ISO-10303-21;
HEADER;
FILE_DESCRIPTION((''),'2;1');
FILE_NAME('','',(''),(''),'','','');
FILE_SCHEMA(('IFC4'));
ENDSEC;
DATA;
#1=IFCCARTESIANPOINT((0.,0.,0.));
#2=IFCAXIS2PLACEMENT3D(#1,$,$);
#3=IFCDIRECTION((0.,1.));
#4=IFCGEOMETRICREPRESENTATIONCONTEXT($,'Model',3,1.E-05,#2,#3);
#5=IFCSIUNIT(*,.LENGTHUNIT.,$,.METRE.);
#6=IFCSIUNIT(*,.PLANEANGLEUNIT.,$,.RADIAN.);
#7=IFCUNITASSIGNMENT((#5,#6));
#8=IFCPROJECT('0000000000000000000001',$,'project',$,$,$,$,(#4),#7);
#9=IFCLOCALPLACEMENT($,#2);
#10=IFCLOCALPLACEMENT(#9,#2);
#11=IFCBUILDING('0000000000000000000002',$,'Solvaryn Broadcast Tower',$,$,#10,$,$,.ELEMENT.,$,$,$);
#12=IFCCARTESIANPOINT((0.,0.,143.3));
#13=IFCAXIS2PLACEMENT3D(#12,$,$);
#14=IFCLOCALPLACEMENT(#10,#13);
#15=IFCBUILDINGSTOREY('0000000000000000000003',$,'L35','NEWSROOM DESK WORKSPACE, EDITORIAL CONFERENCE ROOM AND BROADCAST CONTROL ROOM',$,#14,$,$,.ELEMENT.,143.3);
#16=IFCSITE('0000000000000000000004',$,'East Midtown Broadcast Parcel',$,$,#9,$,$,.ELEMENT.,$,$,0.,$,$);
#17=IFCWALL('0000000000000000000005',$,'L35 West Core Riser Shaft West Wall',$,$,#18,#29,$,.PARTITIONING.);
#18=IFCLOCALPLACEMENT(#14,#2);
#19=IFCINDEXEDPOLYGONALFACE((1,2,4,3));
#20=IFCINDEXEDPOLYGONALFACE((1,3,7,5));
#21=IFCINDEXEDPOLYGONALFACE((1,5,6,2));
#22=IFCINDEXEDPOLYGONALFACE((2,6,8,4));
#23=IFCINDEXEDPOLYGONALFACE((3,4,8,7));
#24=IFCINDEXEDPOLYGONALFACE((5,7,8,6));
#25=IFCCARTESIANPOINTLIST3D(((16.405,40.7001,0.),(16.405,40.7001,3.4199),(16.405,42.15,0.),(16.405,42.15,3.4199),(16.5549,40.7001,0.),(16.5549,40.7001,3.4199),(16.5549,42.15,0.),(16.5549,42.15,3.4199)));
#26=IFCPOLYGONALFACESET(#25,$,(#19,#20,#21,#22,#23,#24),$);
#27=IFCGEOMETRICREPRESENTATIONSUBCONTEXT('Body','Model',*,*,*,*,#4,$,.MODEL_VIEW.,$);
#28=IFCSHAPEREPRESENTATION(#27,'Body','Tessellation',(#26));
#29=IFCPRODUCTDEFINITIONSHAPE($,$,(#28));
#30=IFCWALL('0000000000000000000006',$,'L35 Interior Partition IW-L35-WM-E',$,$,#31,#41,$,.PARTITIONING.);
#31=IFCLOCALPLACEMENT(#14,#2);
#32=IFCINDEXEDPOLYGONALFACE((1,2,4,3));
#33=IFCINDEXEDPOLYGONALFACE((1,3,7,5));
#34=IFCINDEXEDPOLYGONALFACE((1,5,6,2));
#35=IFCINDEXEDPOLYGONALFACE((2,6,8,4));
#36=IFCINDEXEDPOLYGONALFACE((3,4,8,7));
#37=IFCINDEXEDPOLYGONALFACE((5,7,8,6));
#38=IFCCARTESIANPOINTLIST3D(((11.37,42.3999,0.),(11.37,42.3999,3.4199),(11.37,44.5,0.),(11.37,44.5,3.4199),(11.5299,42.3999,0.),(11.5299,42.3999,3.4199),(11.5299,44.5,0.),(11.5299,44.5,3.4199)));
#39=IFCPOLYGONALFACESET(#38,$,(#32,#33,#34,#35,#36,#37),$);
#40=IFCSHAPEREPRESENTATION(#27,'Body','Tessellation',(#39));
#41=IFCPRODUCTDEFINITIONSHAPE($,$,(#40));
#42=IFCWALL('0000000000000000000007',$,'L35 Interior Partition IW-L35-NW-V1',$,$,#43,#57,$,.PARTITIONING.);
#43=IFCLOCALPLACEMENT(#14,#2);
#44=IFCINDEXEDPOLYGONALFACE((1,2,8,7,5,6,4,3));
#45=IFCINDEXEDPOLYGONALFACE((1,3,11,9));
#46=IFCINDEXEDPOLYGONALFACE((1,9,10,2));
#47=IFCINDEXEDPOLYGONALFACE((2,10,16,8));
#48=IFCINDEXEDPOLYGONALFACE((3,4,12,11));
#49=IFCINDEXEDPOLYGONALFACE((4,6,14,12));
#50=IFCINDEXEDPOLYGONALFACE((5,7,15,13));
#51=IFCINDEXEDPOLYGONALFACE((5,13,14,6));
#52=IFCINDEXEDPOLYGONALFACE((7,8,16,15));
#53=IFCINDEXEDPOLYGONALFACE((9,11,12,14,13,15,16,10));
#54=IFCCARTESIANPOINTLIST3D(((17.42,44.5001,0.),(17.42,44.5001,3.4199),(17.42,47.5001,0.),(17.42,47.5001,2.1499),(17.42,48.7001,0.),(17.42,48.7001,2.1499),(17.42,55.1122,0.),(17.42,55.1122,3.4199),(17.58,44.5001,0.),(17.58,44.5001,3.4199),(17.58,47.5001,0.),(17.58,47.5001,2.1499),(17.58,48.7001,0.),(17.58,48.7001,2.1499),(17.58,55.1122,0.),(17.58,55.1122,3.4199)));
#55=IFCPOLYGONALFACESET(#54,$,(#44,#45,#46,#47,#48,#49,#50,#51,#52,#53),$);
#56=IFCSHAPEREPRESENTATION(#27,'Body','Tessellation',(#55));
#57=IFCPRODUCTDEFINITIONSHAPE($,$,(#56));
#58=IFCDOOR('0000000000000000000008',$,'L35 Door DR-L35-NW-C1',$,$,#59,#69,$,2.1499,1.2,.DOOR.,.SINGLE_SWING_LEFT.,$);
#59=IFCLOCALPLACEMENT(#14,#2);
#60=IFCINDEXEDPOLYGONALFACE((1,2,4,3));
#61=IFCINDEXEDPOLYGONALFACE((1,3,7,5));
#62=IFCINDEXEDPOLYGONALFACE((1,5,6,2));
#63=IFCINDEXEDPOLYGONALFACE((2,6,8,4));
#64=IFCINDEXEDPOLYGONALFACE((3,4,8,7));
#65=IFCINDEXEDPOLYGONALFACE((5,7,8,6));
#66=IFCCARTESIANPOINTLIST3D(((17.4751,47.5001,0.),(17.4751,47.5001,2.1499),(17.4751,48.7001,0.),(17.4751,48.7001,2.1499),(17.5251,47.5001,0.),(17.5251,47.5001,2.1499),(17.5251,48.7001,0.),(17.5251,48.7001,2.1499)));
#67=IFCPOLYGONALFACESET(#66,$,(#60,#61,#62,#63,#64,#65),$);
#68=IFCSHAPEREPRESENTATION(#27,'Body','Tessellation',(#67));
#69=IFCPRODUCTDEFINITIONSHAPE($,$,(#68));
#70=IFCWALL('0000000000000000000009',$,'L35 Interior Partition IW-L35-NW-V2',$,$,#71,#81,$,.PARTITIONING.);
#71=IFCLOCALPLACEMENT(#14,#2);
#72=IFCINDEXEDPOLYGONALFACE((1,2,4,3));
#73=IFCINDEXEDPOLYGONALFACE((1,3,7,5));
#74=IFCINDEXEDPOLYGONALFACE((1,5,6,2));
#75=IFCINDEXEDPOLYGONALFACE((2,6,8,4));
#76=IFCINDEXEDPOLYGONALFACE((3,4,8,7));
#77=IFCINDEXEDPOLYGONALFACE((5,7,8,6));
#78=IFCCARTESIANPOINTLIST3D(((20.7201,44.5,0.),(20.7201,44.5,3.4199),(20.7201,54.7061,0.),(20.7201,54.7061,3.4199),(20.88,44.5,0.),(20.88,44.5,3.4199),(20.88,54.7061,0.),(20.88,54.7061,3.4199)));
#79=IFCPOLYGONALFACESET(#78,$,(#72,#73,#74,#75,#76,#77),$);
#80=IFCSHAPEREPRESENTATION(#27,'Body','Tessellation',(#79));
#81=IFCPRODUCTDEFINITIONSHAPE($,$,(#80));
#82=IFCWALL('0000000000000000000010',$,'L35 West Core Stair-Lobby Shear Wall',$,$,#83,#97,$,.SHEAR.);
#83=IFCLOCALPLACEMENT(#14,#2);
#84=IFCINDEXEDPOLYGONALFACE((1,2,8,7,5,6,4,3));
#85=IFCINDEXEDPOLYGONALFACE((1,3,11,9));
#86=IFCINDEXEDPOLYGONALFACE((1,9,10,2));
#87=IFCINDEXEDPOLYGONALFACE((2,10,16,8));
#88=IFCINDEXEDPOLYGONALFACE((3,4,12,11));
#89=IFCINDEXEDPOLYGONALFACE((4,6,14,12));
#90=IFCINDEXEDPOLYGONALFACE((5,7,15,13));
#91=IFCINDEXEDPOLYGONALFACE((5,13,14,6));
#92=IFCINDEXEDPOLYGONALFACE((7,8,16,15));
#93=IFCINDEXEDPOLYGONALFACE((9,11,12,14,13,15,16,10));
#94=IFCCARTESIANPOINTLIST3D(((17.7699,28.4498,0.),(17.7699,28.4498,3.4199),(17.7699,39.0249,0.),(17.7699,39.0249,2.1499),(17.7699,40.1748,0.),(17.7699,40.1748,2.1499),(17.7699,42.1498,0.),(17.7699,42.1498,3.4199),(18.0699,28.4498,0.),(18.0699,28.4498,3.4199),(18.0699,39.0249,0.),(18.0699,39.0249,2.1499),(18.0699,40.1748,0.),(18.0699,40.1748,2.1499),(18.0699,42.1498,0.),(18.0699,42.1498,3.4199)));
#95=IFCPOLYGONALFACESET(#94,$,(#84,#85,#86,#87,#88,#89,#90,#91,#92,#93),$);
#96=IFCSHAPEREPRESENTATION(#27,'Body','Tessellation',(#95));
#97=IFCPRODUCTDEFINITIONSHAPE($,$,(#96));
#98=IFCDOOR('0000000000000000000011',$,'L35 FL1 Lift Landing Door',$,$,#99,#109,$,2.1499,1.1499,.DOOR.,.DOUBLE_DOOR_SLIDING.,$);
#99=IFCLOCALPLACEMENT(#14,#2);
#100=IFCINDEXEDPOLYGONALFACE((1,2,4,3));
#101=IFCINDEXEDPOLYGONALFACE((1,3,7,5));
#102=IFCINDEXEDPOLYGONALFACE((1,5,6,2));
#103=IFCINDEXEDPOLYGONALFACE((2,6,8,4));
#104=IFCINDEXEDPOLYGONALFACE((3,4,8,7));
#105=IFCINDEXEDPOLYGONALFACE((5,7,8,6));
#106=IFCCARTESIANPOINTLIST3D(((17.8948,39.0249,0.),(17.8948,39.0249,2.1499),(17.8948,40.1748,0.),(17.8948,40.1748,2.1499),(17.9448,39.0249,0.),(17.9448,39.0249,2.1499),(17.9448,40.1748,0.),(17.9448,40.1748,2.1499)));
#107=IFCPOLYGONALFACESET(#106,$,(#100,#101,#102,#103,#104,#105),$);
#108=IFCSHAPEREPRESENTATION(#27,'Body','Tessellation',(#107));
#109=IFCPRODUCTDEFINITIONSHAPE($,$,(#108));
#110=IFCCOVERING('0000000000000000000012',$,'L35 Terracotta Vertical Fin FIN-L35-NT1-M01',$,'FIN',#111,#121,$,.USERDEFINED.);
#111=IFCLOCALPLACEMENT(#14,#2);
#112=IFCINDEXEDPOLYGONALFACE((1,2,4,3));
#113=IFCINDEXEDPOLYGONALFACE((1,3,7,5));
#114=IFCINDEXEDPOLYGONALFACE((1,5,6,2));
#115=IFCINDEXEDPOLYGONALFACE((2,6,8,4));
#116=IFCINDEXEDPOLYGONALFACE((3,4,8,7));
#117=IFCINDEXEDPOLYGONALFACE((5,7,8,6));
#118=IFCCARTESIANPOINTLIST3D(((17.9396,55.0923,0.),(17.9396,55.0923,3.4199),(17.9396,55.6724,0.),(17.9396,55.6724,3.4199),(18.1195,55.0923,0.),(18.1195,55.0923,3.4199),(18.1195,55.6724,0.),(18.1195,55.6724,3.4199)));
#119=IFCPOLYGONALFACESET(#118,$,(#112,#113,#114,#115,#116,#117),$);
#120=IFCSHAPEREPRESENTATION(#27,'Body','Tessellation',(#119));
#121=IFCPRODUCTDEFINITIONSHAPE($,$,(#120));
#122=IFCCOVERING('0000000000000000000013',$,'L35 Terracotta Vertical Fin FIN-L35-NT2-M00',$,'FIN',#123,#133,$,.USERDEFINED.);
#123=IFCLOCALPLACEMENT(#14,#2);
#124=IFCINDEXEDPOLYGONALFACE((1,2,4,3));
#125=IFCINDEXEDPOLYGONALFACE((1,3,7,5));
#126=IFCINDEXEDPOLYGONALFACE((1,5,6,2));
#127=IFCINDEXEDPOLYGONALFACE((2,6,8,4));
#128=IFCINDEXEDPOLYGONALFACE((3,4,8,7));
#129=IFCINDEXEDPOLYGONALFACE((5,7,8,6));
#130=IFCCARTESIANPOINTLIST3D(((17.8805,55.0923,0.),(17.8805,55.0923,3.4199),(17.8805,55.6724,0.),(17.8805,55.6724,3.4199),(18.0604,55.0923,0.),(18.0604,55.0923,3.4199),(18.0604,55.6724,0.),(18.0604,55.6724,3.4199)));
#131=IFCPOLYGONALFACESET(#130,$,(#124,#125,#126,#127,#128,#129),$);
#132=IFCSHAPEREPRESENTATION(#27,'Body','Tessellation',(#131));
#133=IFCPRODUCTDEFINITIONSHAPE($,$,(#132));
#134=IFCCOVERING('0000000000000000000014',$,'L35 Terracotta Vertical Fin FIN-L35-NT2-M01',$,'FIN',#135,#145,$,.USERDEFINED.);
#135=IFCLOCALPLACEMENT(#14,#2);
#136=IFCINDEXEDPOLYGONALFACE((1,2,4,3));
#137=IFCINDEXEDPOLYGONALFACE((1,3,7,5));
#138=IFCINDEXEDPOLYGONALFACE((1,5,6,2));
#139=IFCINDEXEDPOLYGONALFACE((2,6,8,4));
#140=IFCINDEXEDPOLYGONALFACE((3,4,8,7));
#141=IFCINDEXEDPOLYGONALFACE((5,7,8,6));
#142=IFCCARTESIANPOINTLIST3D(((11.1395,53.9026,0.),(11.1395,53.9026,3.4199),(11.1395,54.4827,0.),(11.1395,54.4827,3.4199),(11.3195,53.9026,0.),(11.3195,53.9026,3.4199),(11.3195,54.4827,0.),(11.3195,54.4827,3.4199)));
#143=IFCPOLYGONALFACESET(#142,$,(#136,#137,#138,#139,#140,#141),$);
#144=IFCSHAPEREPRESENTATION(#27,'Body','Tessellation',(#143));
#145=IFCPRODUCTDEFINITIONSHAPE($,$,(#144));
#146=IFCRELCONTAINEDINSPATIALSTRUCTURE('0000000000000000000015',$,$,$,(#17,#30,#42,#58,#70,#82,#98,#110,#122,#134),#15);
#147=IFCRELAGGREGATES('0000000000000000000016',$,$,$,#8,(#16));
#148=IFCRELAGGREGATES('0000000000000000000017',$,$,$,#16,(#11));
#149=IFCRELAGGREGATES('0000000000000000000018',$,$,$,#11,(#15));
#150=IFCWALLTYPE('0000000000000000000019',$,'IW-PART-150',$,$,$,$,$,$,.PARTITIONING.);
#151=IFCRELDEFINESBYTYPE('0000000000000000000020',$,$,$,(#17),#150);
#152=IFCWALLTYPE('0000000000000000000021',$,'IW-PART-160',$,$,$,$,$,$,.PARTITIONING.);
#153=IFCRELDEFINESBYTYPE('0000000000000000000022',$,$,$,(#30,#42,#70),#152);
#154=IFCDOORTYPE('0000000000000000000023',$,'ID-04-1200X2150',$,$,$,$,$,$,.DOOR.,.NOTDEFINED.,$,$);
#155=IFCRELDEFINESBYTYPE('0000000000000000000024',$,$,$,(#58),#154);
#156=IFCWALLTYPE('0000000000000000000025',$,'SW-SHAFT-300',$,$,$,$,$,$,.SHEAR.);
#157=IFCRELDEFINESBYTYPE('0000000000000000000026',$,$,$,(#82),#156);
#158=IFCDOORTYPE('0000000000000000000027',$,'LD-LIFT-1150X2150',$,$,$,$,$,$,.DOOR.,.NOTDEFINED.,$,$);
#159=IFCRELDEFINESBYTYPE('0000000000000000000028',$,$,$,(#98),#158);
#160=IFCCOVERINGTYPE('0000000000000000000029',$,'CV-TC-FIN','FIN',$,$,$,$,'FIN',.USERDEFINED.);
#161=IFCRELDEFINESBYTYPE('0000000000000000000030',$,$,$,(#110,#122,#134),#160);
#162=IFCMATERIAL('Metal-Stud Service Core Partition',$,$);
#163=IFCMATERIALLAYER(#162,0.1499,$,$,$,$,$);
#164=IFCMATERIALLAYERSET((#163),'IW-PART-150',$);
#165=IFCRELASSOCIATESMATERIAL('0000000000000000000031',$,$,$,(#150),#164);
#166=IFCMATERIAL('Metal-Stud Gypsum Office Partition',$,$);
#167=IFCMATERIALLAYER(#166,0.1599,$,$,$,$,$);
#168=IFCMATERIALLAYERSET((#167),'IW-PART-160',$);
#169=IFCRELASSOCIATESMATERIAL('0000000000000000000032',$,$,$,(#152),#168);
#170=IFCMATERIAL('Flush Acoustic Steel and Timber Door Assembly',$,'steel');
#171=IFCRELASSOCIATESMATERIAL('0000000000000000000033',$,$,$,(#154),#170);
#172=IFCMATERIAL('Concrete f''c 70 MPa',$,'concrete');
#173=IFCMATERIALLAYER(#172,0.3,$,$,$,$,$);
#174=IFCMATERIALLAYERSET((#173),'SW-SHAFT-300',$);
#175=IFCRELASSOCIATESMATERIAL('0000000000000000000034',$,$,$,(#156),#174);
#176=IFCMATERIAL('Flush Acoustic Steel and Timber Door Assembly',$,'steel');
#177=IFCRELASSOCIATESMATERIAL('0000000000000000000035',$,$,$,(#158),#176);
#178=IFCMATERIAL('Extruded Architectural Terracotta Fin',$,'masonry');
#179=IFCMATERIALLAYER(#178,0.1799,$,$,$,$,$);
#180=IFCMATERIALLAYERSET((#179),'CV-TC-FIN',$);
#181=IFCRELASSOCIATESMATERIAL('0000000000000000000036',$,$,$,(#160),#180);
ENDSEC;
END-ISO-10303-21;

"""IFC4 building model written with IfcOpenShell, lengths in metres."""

from ifc_helpers import new_model, si_unit, direction, frame, frame_2d, origin, origin_2d, place, context, subcontext, project, spatial, rectangle, extrude, material, layer, layer_set, type_object, element, fill, save


model = new_model("IFC4")

# Units and contexts
model_context = context("Model", 3, precision=1e-05, world=origin(), true_north=direction((0.0, 1.0)))
body_context = subcontext(model_context, "Body", "Model", "MODEL_VIEW")
ifc_project = project(units=[si_unit("LENGTHUNIT", "METRE"), si_unit("PLANEANGLEUNIT", "RADIAN")], contexts=[model_context])

# Site, building, storey
site_placement = place(None, origin())
site = spatial("IfcSite", under=ifc_project, at=site_placement, Name="East Midtown Broadcast Parcel", CompositionType="ELEMENT", RefElevation=0.0)
building_placement = place(site_placement, origin())
building = spatial("IfcBuilding", under=site, at=building_placement, Name="Solvaryn Broadcast Tower", CompositionType="ELEMENT")
storey_placement = place(building_placement, frame((0.0, 0.0, 143.3)))
storey = spatial("IfcBuildingStorey", under=building, at=storey_placement, Name="L35", Description="NEWSROOM DESK WORKSPACE, EDITORIAL CONFERENCE ROOM AND BROADCAST CONTROL ROOM", CompositionType="ELEMENT", Elevation=143.3)

# Walls
ifc_material_1 = material(Name="Metal-Stud Service Core Partition")
ifc_layer_1 = layer(ifc_material_1, 0.1499)
ifc_layer_set_1 = layer_set([ifc_layer_1], Name="IW-PART-150")
wall_type_1 = type_object("IfcWallType", Name="IW-PART-150", PredefinedType="PARTITIONING", material=ifc_layer_set_1)
wall_1_placement = place(storey_placement, frame((16.48, 40.7, 0.0), z_axis=(0.0, 0.0, 1.0), x_axis=(0.0, 1.0, 0.0)))
element("IfcWall", 1, at=wall_1_placement, inside=storey, type_object=wall_type_1, Name="L35 West Core Riser Shaft West Wall", PredefinedType="PARTITIONING", context=body_context, shape_type="SweptSolid", body=[
    extrude(rectangle(XDim=1.45, YDim=0.1499, at=frame_2d((0.7251, 0.0))), origin(), (0.0, 0.0, 1.0), 3.4199),
])
ifc_material_2 = material(Name="Metal-Stud Gypsum Office Partition")
ifc_layer_2 = layer(ifc_material_2, 0.1599)
ifc_layer_set_2 = layer_set([ifc_layer_2], Name="IW-PART-160")
wall_type_2 = type_object("IfcWallType", Name="IW-PART-160", PredefinedType="PARTITIONING", material=ifc_layer_set_2)
wall_2_placement = place(storey_placement, frame((11.45, 42.3999, 0.0), z_axis=(0.0, 0.0, 1.0), x_axis=(0.0, 1.0, 0.0)))
element("IfcWall", 2, at=wall_2_placement, inside=storey, type_object=wall_type_2, Name="L35 Interior Partition IW-L35-WM-E", PredefinedType="PARTITIONING", context=body_context, shape_type="SweptSolid", body=[
    extrude(rectangle(XDim=2.1001, YDim=0.1599, at=frame_2d((1.05, 0.0))), origin(), (0.0, 0.0, 1.0), 3.4199),
])

# Wall, opening, door
wall_3_placement = place(storey_placement, frame((17.5, 44.5, 0.0), z_axis=(0.0, 0.0, 1.0), x_axis=(0.0, 1.0, 0.0)))
wall_3 = element("IfcWall", 3, at=wall_3_placement, inside=storey, type_object=wall_type_2, Name="L35 Interior Partition IW-L35-NW-V1", PredefinedType="PARTITIONING", context=body_context, shape_type="SweptSolid", body=[
    extrude(rectangle(XDim=10.6121, YDim=0.1599, at=frame_2d((5.3062, 0.0))), origin(), (0.0, 0.0, 1.0), 3.4199),
])
opening_1_placement = place(wall_3_placement, frame((3.0, 0.0, 0.0)))
opening_1 = element("IfcOpeningElement", 4, at=opening_1_placement, cuts=wall_3, PredefinedType="OPENING", context=body_context, shape_type="SweptSolid", body=[
    extrude(rectangle(XDim=1.2, YDim=2.1499, at=frame_2d((0.6001, 1.075))), frame((0.0, 0.0901, 0.0), z_axis=(0.0, -1.0, 0.0), x_axis=(1.0, 0.0, 0.0)), (0.0, 0.0, 1.0), 0.1799),
])
ifc_material_3 = material(Name="Flush Acoustic Steel and Timber Door Assembly", Category="steel")
door_type_1 = type_object("IfcDoorType", Name="ID-04-1200X2150", OperationType="NOTDEFINED", PredefinedType="DOOR", material=ifc_material_3)
door_1_placement = place(opening_1_placement, origin())
door_1 = element("IfcDoor", 5, at=door_1_placement, inside=storey, type_object=door_type_1, Name="L35 Door DR-L35-NW-C1", OperationType="SINGLE_SWING_LEFT", OverallHeight=2.1499, OverallWidth=1.2, PredefinedType="DOOR", context=body_context, shape_type="SweptSolid", body=[
    extrude(rectangle(XDim=1.2, YDim=2.1499, at=frame_2d((0.6001, 1.075))), frame((0.0, 0.0249, 0.0), z_axis=(0.0, -1.0, 0.0), x_axis=(1.0, 0.0, 0.0)), (0.0, 0.0, 1.0), 0.05),
])
fill(opening_1, door_1)

# Wall
wall_4_placement = place(storey_placement, frame((20.8, 44.5, 0.0), z_axis=(0.0, 0.0, 1.0), x_axis=(0.0, 1.0, 0.0)))
element("IfcWall", 6, at=wall_4_placement, inside=storey, type_object=wall_type_2, Name="L35 Interior Partition IW-L35-NW-V2", PredefinedType="PARTITIONING", context=body_context, shape_type="SweptSolid", body=[
    extrude(rectangle(XDim=10.2061, YDim=0.1599, at=frame_2d((5.103, 0.0))), origin(), (0.0, 0.0, 1.0), 3.4199),
])

# Wall, opening, door
ifc_material_4 = material(Name="Concrete f'c 70 MPa", Category="concrete")
ifc_layer_3 = layer(ifc_material_4, 0.3)
ifc_layer_set_3 = layer_set([ifc_layer_3], Name="SW-SHAFT-300")
wall_type_3 = type_object("IfcWallType", Name="SW-SHAFT-300", PredefinedType="SHEAR", material=ifc_layer_set_3)
wall_5_placement = place(storey_placement, frame((17.9199, 42.1499, 0.0), z_axis=(0.0, 0.0, 1.0), x_axis=(0.0, -1.0, 0.0)))
wall_5 = element("IfcWall", 7, at=wall_5_placement, inside=storey, type_object=wall_type_3, Name="L35 West Core Stair-Lobby Shear Wall", PredefinedType="SHEAR", context=body_context, shape_type="SweptSolid", body=[
    extrude(rectangle(XDim=13.7, YDim=0.3, at=frame_2d((6.8501, 0.0))), origin(), (0.0, 0.0, 1.0), 3.4199),
])
opening_2_placement = place(wall_5_placement, frame((1.9751, 0.0, 0.0)))
opening_2 = element("IfcOpeningElement", 8, at=opening_2_placement, cuts=wall_5, PredefinedType="OPENING", context=body_context, shape_type="SweptSolid", body=[
    extrude(rectangle(XDim=1.1499, YDim=2.1499, at=frame_2d((0.575, 1.075))), frame((0.0, 0.1599, 0.0), z_axis=(0.0, -1.0, 0.0), x_axis=(1.0, 0.0, 0.0)), (0.0, 0.0, 1.0), 0.3201),
])
ifc_material_5 = material(Name="Flush Acoustic Steel and Timber Door Assembly", Category="steel")
door_type_2 = type_object("IfcDoorType", Name="LD-LIFT-1150X2150", OperationType="NOTDEFINED", PredefinedType="DOOR", material=ifc_material_5)
door_2_placement = place(opening_2_placement, origin())
door_2 = element("IfcDoor", 9, at=door_2_placement, inside=storey, type_object=door_type_2, Name="L35 FL1 Lift Landing Door", OperationType="DOUBLE_DOOR_SLIDING", OverallHeight=2.1499, OverallWidth=1.1499, PredefinedType="DOOR", context=body_context, shape_type="SweptSolid", body=[
    extrude(rectangle(XDim=1.1499, YDim=2.1499, at=frame_2d((0.575, 1.075))), frame((0.0, 0.0249, 0.0), z_axis=(0.0, -1.0, 0.0), x_axis=(1.0, 0.0, 0.0)), (0.0, 0.0, 1.0), 0.05),
])
fill(opening_2, door_2)

# Coverings
ifc_material_6 = material(Name="Extruded Architectural Terracotta Fin", Category="masonry")
ifc_layer_4 = layer(ifc_material_6, 0.1799)
ifc_layer_set_4 = layer_set([ifc_layer_4], Name="CV-TC-FIN")
covering_type = type_object("IfcCoveringType", Name="CV-TC-FIN", Description="FIN", ElementType="FIN", PredefinedType="USERDEFINED", material=ifc_layer_set_4)
for number, where, z_axis, x_axis, name in (
    (10, (18.0295, 55.3823, 0.0), (0.0, 0.0, 1.0), (1.0, 0.0, 0.0), "L35 Terracotta Vertical Fin FIN-L35-NT1-M01"),
    (11, (17.9705, 55.3823, 0.0), (0.0, 0.0, 1.0), (1.0, 0.0, 0.0), "L35 Terracotta Vertical Fin FIN-L35-NT2-M00"),
    (12, (11.2295, 54.1926, 0.0), (0.0, 0.0, 1.0), (1.0, 0.0, 0.0), "L35 Terracotta Vertical Fin FIN-L35-NT2-M01"),
):
    element("IfcCovering", number, at=place(storey_placement, frame(where, z_axis=z_axis, x_axis=x_axis)), inside=storey, type_object=covering_type, Name=name, ObjectType="FIN", PredefinedType="USERDEFINED", context=body_context, shape_type="SweptSolid", body=[
        extrude(rectangle(XDim=0.1799, YDim=0.5801, at=origin_2d()), origin(), (0.0, 0.0, 1.0), 3.4199),
    ])

save(model, "model.ifc")
